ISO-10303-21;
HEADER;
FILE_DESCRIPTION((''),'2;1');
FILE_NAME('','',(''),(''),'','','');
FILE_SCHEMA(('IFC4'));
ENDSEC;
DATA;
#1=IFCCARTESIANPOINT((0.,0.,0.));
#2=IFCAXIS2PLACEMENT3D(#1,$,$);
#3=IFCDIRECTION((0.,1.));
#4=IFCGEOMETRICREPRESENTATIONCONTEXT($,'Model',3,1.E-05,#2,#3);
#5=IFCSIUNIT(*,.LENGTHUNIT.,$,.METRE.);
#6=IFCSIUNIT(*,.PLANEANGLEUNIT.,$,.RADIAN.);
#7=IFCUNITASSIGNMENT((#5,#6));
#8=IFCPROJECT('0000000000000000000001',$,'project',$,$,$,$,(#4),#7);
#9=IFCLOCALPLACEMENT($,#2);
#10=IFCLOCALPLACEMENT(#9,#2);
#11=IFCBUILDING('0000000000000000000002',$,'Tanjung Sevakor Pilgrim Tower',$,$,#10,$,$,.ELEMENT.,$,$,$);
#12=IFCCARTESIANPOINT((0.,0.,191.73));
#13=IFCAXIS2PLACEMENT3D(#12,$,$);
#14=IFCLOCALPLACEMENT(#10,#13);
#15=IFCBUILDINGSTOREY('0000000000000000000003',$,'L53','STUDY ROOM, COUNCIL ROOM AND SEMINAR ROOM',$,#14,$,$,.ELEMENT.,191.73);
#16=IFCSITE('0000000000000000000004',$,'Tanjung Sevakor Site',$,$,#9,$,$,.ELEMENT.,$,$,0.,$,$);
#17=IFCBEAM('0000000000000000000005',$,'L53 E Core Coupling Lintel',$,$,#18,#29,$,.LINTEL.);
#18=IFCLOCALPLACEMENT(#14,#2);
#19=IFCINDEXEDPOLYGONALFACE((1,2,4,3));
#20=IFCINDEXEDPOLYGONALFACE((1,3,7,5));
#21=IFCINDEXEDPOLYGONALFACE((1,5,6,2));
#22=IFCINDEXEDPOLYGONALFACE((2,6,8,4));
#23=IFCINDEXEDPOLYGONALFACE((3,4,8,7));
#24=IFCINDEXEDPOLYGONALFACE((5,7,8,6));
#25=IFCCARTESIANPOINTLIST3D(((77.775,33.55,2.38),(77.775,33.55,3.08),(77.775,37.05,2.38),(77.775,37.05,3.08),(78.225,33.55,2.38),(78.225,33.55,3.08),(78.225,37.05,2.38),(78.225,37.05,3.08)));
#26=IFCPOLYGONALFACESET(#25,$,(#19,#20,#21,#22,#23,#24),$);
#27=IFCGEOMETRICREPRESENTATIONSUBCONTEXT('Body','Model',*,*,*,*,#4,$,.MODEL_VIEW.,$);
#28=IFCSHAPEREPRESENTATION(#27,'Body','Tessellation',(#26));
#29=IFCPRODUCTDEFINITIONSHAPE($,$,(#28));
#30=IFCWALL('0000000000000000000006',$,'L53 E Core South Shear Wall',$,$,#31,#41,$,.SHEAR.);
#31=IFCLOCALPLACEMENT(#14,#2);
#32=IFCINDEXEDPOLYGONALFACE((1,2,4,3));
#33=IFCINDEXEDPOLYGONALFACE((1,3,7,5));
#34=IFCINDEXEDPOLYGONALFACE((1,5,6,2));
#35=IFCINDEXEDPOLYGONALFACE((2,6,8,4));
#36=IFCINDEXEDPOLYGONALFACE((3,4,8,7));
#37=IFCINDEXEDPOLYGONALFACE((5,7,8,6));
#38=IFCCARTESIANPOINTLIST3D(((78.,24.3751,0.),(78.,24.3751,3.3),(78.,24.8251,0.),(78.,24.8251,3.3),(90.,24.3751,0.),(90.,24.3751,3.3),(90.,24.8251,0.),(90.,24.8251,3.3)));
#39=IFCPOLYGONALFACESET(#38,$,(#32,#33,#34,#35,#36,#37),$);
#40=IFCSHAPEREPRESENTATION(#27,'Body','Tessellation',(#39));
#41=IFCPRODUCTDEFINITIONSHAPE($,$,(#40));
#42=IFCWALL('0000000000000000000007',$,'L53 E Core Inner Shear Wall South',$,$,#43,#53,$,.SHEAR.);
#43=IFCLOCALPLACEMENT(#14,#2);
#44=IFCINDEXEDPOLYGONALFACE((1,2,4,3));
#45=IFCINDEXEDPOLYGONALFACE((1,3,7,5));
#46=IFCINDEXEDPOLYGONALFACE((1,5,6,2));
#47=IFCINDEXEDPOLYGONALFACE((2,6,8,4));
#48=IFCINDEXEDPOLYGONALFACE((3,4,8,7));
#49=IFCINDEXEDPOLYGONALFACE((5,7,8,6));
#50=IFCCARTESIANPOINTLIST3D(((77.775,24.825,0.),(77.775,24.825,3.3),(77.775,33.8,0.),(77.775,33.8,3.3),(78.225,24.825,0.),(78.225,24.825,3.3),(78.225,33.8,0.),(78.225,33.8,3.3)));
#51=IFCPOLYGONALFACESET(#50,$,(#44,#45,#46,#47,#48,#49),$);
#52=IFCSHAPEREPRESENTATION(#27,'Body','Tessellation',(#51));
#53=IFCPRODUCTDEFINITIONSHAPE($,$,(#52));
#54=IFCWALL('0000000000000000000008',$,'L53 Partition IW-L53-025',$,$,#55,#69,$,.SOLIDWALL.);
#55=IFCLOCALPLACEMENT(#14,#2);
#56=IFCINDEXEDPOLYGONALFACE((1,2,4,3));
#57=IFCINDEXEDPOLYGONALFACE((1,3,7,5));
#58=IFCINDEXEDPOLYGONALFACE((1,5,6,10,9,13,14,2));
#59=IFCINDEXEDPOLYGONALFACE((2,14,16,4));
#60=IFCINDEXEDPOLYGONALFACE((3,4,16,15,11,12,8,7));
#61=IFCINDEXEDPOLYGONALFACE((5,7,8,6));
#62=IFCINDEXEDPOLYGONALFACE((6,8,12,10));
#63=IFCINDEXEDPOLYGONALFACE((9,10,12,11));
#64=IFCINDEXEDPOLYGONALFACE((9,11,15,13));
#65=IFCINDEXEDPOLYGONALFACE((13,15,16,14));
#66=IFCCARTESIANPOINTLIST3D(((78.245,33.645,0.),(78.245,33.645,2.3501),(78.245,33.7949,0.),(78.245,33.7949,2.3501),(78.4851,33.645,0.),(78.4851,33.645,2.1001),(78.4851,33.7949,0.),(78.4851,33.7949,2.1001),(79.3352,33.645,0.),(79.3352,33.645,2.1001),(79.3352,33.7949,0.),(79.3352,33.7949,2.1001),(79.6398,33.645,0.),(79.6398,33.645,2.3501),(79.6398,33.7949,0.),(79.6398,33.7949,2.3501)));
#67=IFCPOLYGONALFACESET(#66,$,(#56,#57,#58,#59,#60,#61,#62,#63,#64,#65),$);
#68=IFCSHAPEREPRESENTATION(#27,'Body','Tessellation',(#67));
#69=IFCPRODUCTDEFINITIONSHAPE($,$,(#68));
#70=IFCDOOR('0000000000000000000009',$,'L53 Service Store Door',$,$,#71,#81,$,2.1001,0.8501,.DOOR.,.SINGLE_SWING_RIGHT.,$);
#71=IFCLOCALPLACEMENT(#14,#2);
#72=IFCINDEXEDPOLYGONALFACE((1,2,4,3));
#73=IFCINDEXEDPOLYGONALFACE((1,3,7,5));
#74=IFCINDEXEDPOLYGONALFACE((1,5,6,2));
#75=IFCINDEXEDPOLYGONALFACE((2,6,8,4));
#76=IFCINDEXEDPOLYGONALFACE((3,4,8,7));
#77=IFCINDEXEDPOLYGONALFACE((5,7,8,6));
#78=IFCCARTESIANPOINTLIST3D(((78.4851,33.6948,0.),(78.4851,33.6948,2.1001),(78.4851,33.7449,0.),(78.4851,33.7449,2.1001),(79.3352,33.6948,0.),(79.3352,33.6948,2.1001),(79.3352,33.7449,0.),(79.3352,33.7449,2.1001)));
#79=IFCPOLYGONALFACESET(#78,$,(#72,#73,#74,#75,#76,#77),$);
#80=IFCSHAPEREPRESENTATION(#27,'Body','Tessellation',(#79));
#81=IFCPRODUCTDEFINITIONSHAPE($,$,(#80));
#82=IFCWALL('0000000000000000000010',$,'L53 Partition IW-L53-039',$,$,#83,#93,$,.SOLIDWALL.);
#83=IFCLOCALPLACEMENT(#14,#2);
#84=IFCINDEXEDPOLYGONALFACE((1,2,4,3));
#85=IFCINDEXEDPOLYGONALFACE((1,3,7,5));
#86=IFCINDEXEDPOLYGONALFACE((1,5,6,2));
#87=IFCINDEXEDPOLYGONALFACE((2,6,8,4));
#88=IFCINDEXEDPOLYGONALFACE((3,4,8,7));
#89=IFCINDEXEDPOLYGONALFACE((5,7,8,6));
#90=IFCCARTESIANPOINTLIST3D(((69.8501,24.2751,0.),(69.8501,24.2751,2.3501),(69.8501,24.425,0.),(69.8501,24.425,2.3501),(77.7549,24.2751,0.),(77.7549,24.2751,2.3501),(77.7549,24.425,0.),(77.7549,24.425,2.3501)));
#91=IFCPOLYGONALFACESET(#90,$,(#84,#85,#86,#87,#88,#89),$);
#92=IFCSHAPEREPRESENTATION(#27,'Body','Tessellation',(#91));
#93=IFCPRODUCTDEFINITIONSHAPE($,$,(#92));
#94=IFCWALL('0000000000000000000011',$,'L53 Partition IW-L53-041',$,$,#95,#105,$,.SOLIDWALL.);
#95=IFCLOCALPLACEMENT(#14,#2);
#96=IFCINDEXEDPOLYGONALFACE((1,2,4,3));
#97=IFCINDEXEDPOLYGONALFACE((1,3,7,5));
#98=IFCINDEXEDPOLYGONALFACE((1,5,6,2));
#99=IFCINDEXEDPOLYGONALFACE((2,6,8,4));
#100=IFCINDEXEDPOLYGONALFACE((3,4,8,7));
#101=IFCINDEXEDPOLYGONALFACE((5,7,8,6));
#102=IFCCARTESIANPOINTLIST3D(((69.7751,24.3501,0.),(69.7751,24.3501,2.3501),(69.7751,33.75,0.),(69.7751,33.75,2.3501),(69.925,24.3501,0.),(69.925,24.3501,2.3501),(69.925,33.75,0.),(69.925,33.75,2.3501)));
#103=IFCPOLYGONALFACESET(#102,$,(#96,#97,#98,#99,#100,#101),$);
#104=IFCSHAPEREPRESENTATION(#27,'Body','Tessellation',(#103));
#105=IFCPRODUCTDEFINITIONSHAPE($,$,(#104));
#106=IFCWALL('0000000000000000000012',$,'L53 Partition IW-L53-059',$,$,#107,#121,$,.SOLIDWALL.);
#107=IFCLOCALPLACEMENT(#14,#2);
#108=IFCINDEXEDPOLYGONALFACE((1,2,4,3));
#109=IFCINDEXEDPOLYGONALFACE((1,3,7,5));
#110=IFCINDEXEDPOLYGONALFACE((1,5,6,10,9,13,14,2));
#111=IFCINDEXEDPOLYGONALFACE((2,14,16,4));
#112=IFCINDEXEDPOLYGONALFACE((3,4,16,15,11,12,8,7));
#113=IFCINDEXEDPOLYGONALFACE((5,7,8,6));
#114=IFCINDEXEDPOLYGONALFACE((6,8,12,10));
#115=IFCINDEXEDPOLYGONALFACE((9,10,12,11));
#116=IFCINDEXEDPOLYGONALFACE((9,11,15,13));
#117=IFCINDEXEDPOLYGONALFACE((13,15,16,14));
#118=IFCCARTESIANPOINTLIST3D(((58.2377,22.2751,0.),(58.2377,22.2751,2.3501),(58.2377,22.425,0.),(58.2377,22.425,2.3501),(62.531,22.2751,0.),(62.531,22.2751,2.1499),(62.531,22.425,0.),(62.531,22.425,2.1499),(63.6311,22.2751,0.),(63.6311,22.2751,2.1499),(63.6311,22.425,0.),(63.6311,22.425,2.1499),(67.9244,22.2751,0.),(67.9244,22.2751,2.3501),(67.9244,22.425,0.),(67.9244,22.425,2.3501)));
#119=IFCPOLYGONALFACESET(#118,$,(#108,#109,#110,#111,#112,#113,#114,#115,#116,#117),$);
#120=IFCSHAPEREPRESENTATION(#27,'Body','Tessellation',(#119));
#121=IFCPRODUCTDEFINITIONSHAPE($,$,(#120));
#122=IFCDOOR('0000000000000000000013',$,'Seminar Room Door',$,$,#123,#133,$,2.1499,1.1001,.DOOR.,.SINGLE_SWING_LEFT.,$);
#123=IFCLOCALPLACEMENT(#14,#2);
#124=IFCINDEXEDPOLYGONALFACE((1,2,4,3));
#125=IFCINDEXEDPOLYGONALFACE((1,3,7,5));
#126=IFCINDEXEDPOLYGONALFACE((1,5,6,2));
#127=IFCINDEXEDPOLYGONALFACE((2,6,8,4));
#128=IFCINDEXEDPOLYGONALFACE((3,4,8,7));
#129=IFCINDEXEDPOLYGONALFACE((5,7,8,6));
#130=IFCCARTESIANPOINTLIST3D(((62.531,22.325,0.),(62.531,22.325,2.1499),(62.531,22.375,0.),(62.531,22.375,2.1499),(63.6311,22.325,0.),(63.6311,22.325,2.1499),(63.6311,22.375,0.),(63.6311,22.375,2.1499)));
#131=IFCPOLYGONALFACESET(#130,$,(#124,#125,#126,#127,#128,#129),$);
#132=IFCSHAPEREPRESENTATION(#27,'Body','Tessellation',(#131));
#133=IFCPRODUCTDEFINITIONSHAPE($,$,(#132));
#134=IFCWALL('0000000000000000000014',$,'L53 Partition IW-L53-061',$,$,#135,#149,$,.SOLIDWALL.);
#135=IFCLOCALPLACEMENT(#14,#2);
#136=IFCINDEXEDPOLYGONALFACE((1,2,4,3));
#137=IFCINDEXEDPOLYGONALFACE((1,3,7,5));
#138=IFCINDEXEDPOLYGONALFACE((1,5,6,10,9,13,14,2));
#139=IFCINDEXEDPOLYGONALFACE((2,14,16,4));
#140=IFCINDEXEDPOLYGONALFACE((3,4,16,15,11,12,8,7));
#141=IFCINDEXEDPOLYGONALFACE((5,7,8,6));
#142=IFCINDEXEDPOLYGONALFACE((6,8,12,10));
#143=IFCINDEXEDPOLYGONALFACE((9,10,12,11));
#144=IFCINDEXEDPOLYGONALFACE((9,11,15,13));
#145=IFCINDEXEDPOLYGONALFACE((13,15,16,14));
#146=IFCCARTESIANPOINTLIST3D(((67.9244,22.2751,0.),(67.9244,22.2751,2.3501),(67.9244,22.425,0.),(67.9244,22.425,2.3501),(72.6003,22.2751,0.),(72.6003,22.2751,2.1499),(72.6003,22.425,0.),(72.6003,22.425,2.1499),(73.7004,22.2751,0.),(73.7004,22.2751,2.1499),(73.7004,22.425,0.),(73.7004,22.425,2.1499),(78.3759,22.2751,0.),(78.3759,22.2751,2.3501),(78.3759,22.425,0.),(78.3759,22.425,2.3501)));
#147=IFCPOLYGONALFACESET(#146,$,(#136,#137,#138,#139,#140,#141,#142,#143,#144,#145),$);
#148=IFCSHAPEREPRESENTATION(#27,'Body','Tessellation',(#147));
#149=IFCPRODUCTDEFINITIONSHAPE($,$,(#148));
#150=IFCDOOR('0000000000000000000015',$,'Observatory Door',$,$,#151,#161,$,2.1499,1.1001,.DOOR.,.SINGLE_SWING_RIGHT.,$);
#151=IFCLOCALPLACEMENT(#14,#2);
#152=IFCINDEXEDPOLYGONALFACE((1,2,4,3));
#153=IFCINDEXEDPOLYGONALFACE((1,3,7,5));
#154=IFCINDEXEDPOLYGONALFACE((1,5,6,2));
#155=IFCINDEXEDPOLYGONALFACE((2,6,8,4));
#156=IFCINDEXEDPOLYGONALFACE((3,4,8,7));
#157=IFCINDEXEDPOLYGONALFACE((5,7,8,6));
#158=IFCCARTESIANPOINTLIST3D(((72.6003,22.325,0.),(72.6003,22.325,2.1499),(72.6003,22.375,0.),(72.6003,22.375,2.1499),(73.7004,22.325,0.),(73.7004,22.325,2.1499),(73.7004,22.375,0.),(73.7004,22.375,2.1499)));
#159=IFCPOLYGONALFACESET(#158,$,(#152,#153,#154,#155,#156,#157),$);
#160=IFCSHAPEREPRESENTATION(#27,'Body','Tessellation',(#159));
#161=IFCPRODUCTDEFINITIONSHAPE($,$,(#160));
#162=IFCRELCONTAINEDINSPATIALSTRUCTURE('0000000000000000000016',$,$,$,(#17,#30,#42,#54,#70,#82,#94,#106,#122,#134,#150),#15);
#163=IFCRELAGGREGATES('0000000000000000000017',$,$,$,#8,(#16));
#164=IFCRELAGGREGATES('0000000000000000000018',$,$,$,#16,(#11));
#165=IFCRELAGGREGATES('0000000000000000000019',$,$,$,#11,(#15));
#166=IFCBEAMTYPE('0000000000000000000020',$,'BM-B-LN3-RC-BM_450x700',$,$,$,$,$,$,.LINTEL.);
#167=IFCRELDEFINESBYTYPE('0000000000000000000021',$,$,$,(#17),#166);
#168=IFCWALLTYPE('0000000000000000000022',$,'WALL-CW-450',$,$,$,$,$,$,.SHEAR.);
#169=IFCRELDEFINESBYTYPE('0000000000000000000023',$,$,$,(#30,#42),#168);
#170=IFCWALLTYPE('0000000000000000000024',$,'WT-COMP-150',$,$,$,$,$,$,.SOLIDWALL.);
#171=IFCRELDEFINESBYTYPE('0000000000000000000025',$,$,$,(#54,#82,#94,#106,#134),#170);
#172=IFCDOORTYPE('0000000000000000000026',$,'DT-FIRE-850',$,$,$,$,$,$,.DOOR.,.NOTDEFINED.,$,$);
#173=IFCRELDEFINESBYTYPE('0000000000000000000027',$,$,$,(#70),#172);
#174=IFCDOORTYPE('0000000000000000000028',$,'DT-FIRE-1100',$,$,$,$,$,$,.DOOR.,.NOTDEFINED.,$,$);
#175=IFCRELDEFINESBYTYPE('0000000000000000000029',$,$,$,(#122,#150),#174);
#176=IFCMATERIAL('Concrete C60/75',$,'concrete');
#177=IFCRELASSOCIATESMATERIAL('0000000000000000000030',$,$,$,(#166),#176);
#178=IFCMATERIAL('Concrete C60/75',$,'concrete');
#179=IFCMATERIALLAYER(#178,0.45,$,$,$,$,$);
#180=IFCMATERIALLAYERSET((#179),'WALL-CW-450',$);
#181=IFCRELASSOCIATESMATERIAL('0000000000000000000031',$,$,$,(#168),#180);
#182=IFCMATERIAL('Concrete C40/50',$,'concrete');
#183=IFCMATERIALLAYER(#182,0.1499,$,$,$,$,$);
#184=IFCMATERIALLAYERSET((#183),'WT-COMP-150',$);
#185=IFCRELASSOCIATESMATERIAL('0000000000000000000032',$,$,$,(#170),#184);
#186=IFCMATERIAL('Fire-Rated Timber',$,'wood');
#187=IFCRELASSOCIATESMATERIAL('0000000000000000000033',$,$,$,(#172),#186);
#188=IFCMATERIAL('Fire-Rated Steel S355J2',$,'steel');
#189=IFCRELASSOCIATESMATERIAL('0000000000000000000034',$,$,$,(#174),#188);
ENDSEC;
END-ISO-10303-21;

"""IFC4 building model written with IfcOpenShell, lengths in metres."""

from ifc_helpers import new_model, si_unit, direction, frame, frame_2d, origin, origin_2d, place, context, subcontext, project, spatial, rectangle, extrude, material, layer, layer_set, material_profile, profile_set, type_object, element, fill, save


model = new_model("IFC4")

# Units and contexts
model_context = context("Model", 3, precision=1e-05, world=origin(), true_north=direction((0.0, 1.0)))
body_context = subcontext(model_context, "Body", "Model", "MODEL_VIEW")
ifc_project = project(units=[si_unit("LENGTHUNIT", "METRE"), si_unit("PLANEANGLEUNIT", "RADIAN")], contexts=[model_context])

# Site, building, storey
site_placement = place(None, origin())
site = spatial("IfcSite", under=ifc_project, at=site_placement, Name="Tanjung Sevakor Site", CompositionType="ELEMENT", RefElevation=0.0)
building_placement = place(site_placement, origin())
building = spatial("IfcBuilding", under=site, at=building_placement, Name="Tanjung Sevakor Pilgrim Tower", CompositionType="ELEMENT")
storey_placement = place(building_placement, frame((0.0, 0.0, 191.73)))
storey = spatial("IfcBuildingStorey", under=building, at=storey_placement, Name="L53", Description="STUDY ROOM, COUNCIL ROOM AND SEMINAR ROOM", CompositionType="ELEMENT", Elevation=191.73)

# Beam
ifc_material_1 = material(Name="Concrete C60/75", Category="concrete")
ifc_material_profile_1 = material_profile(ifc_material_1, rectangle(XDim=0.45, YDim=0.7, at=origin_2d()))
ifc_profile_set_1 = profile_set([ifc_material_profile_1], Name="Concrete C60/75")
beam_type_1 = type_object("IfcBeamType", Name="BM-B-LN3-RC-BM_450x700", PredefinedType="LINTEL", material=ifc_profile_set_1)
beam_1_placement = place(storey_placement, frame((78.0, 33.55, 2.73), z_axis=(0.0, 1.0, 0.0), x_axis=(-1.0, 0.0, 0.0)))
element("IfcBeam", 1, at=beam_1_placement, inside=storey, type_object=beam_type_1, Name="L53 E Core Coupling Lintel", PredefinedType="LINTEL", context=body_context, shape_type="SweptSolid", body=[
    extrude(rectangle(XDim=0.45, YDim=0.7, at=origin_2d()), origin(), (0.0, 0.0, 1.0), 3.5),
])

# Walls
ifc_material_2 = material(Name="Concrete C60/75", Category="concrete")
ifc_layer_1 = layer(ifc_material_2, 0.45)
ifc_layer_set_1 = layer_set([ifc_layer_1], Name="WALL-CW-450")
wall_type_1 = type_object("IfcWallType", Name="WALL-CW-450", PredefinedType="SHEAR", material=ifc_layer_set_1)
wall_1_placement = place(storey_placement, frame((78.0, 24.6001, 0.0), z_axis=(0.0, 0.0, 1.0), x_axis=(1.0, 0.0, 0.0)))
element("IfcWall", 2, at=wall_1_placement, inside=storey, type_object=wall_type_1, Name="L53 E Core South Shear Wall", PredefinedType="SHEAR", context=body_context, shape_type="SweptSolid", body=[
    extrude(rectangle(XDim=12.0, YDim=0.45, at=frame_2d((6.0, 0.0))), origin(), (0.0, 0.0, 1.0), 3.3),
])
wall_2_placement = place(storey_placement, frame((78.0, 24.825, 0.0), z_axis=(0.0, 0.0, 1.0), x_axis=(0.0, 1.0, 0.0)))
element("IfcWall", 3, at=wall_2_placement, inside=storey, type_object=wall_type_1, Name="L53 E Core Inner Shear Wall South", PredefinedType="SHEAR", context=body_context, shape_type="SweptSolid", body=[
    extrude(rectangle(XDim=8.9751, YDim=0.45, at=frame_2d((4.4875, 0.0))), origin(), (0.0, 0.0, 1.0), 3.3),
])

# Wall, opening, door
ifc_material_3 = material(Name="Concrete C40/50", Category="concrete")
ifc_layer_2 = layer(ifc_material_3, 0.1499)
ifc_layer_set_2 = layer_set([ifc_layer_2], Name="WT-COMP-150")
wall_type_2 = type_object("IfcWallType", Name="WT-COMP-150", PredefinedType="SOLIDWALL", material=ifc_layer_set_2)
wall_3_placement = place(storey_placement, frame((78.2451, 33.72, 0.0), z_axis=(0.0, 0.0, 1.0), x_axis=(1.0, 0.0, 0.0)))
wall_3 = element("IfcWall", 4, at=wall_3_placement, inside=storey, type_object=wall_type_2, Name="L53 Partition IW-L53-025", PredefinedType="SOLIDWALL", context=body_context, shape_type="SweptSolid", body=[
    extrude(rectangle(XDim=1.3948, YDim=0.1499, at=frame_2d((0.6973, 0.0))), origin(), (0.0, 0.0, 1.0), 2.3501),
])
opening_1_placement = place(wall_3_placement, frame((0.24, 0.0, 0.0)))
opening_1 = element("IfcOpeningElement", 5, at=opening_1_placement, cuts=wall_3, PredefinedType="OPENING", context=body_context, shape_type="SweptSolid", body=[
    extrude(rectangle(XDim=0.8501, YDim=2.1001, at=frame_2d((0.425, 1.05))), frame((0.0, 0.085, 0.0), z_axis=(0.0, -1.0, 0.0), x_axis=(1.0, 0.0, 0.0)), (0.0, 0.0, 1.0), 0.1699),
])
ifc_material_4 = material(Name="Fire-Rated Timber", Category="wood")
door_type_1 = type_object("IfcDoorType", Name="DT-FIRE-850", OperationType="NOTDEFINED", PredefinedType="DOOR", material=ifc_material_4)
door_1_placement = place(opening_1_placement, origin())
door_1 = element("IfcDoor", 6, at=door_1_placement, inside=storey, type_object=door_type_1, Name="L53 Service Store Door", OperationType="SINGLE_SWING_RIGHT", OverallHeight=2.1001, OverallWidth=0.8501, PredefinedType="DOOR", context=body_context, shape_type="SweptSolid", body=[
    extrude(rectangle(XDim=0.8501, YDim=2.1001, at=frame_2d((0.425, 1.05))), frame((0.0, 0.0249, 0.0), z_axis=(0.0, -1.0, 0.0), x_axis=(1.0, 0.0, 0.0)), (0.0, 0.0, 1.0), 0.05),
])
fill(opening_1, door_1)

# Walls
wall_4_placement = place(storey_placement, frame((69.8501, 24.3501, 0.0), z_axis=(0.0, 0.0, 1.0), x_axis=(1.0, 0.0, 0.0)))
element("IfcWall", 7, at=wall_4_placement, inside=storey, type_object=wall_type_2, Name="L53 Partition IW-L53-039", PredefinedType="SOLIDWALL", context=body_context, shape_type="SweptSolid", body=[
    extrude(rectangle(XDim=7.9048, YDim=0.1499, at=frame_2d((3.9524, 0.0))), origin(), (0.0, 0.0, 1.0), 2.3501),
])
wall_5_placement = place(storey_placement, frame((69.8501, 24.3501, 0.0), z_axis=(0.0, 0.0, 1.0), x_axis=(0.0, 1.0, 0.0)))
element("IfcWall", 8, at=wall_5_placement, inside=storey, type_object=wall_type_2, Name="L53 Partition IW-L53-041", PredefinedType="SOLIDWALL", context=body_context, shape_type="SweptSolid", body=[
    extrude(rectangle(XDim=9.3999, YDim=0.1499, at=frame_2d((4.7, 0.0))), origin(), (0.0, 0.0, 1.0), 2.3501),
])

# Walls, openings, doors
wall_6_placement = place(storey_placement, frame((58.2378, 22.3501, 0.0), z_axis=(0.0, 0.0, 1.0), x_axis=(1.0, 0.0, 0.0)))
wall_6 = element("IfcWall", 9, at=wall_6_placement, inside=storey, type_object=wall_type_2, Name="L53 Partition IW-L53-059", PredefinedType="SOLIDWALL", context=body_context, shape_type="SweptSolid", body=[
    extrude(rectangle(XDim=9.6868, YDim=0.1499, at=frame_2d((4.8433, 0.0))), origin(), (0.0, 0.0, 1.0), 2.3501),
])
opening_2_placement = place(wall_6_placement, frame((4.2932, 0.0, 0.0)))
opening_2 = element("IfcOpeningElement", 10, at=opening_2_placement, cuts=wall_6, PredefinedType="OPENING", context=body_context, shape_type="SweptSolid", body=[
    extrude(rectangle(XDim=1.1001, YDim=2.1499, at=frame_2d((0.55, 1.075))), frame((0.0, 0.085, 0.0), z_axis=(0.0, -1.0, 0.0), x_axis=(1.0, 0.0, 0.0)), (0.0, 0.0, 1.0), 0.1699),
])
ifc_material_5 = material(Name="Fire-Rated Steel S355J2", Category="steel")
door_type_2 = type_object("IfcDoorType", Name="DT-FIRE-1100", OperationType="NOTDEFINED", PredefinedType="DOOR", material=ifc_material_5)
door_2_placement = place(opening_2_placement, origin())
door_2 = element("IfcDoor", 11, at=door_2_placement, inside=storey, type_object=door_type_2, Name="Seminar Room Door", OperationType="SINGLE_SWING_LEFT", OverallHeight=2.1499, OverallWidth=1.1001, PredefinedType="DOOR", context=body_context, shape_type="SweptSolid", body=[
    extrude(rectangle(XDim=1.1001, YDim=2.1499, at=frame_2d((0.55, 1.075))), frame((0.0, 0.0249, 0.0), z_axis=(0.0, -1.0, 0.0), x_axis=(1.0, 0.0, 0.0)), (0.0, 0.0, 1.0), 0.05),
])
fill(opening_2, door_2)
wall_7_placement = place(storey_placement, frame((67.9246, 22.3501, 0.0), z_axis=(0.0, 0.0, 1.0), x_axis=(1.0, 0.0, 0.0)))
wall_7 = element("IfcWall", 12, at=wall_7_placement, inside=storey, type_object=wall_type_2, Name="L53 Partition IW-L53-061", PredefinedType="SOLIDWALL", context=body_context, shape_type="SweptSolid", body=[
    extrude(rectangle(XDim=10.4514, YDim=0.1499, at=frame_2d((5.2256, 0.0))), origin(), (0.0, 0.0, 1.0), 2.3501),
])
opening_3_placement = place(wall_7_placement, frame((4.6758, 0.0, 0.0)))
opening_3 = element("IfcOpeningElement", 13, at=opening_3_placement, cuts=wall_7, PredefinedType="OPENING", context=body_context, shape_type="SweptSolid", body=[
    extrude(rectangle(XDim=1.1001, YDim=2.1499, at=frame_2d((0.55, 1.075))), frame((0.0, 0.085, 0.0), z_axis=(0.0, -1.0, 0.0), x_axis=(1.0, 0.0, 0.0)), (0.0, 0.0, 1.0), 0.1699),
])
door_3_placement = place(opening_3_placement, origin())
door_3 = element("IfcDoor", 14, at=door_3_placement, inside=storey, type_object=door_type_2, Name="Observatory Door", OperationType="SINGLE_SWING_RIGHT", OverallHeight=2.1499, OverallWidth=1.1001, PredefinedType="DOOR", context=body_context, shape_type="SweptSolid", body=[
    extrude(rectangle(XDim=1.1001, YDim=2.1499, at=frame_2d((0.55, 1.075))), frame((0.0, 0.0249, 0.0), z_axis=(0.0, -1.0, 0.0), x_axis=(1.0, 0.0, 0.0)), (0.0, 0.0, 1.0), 0.05),
])
fill(opening_3, door_3)

save(model, "model.ifc")
